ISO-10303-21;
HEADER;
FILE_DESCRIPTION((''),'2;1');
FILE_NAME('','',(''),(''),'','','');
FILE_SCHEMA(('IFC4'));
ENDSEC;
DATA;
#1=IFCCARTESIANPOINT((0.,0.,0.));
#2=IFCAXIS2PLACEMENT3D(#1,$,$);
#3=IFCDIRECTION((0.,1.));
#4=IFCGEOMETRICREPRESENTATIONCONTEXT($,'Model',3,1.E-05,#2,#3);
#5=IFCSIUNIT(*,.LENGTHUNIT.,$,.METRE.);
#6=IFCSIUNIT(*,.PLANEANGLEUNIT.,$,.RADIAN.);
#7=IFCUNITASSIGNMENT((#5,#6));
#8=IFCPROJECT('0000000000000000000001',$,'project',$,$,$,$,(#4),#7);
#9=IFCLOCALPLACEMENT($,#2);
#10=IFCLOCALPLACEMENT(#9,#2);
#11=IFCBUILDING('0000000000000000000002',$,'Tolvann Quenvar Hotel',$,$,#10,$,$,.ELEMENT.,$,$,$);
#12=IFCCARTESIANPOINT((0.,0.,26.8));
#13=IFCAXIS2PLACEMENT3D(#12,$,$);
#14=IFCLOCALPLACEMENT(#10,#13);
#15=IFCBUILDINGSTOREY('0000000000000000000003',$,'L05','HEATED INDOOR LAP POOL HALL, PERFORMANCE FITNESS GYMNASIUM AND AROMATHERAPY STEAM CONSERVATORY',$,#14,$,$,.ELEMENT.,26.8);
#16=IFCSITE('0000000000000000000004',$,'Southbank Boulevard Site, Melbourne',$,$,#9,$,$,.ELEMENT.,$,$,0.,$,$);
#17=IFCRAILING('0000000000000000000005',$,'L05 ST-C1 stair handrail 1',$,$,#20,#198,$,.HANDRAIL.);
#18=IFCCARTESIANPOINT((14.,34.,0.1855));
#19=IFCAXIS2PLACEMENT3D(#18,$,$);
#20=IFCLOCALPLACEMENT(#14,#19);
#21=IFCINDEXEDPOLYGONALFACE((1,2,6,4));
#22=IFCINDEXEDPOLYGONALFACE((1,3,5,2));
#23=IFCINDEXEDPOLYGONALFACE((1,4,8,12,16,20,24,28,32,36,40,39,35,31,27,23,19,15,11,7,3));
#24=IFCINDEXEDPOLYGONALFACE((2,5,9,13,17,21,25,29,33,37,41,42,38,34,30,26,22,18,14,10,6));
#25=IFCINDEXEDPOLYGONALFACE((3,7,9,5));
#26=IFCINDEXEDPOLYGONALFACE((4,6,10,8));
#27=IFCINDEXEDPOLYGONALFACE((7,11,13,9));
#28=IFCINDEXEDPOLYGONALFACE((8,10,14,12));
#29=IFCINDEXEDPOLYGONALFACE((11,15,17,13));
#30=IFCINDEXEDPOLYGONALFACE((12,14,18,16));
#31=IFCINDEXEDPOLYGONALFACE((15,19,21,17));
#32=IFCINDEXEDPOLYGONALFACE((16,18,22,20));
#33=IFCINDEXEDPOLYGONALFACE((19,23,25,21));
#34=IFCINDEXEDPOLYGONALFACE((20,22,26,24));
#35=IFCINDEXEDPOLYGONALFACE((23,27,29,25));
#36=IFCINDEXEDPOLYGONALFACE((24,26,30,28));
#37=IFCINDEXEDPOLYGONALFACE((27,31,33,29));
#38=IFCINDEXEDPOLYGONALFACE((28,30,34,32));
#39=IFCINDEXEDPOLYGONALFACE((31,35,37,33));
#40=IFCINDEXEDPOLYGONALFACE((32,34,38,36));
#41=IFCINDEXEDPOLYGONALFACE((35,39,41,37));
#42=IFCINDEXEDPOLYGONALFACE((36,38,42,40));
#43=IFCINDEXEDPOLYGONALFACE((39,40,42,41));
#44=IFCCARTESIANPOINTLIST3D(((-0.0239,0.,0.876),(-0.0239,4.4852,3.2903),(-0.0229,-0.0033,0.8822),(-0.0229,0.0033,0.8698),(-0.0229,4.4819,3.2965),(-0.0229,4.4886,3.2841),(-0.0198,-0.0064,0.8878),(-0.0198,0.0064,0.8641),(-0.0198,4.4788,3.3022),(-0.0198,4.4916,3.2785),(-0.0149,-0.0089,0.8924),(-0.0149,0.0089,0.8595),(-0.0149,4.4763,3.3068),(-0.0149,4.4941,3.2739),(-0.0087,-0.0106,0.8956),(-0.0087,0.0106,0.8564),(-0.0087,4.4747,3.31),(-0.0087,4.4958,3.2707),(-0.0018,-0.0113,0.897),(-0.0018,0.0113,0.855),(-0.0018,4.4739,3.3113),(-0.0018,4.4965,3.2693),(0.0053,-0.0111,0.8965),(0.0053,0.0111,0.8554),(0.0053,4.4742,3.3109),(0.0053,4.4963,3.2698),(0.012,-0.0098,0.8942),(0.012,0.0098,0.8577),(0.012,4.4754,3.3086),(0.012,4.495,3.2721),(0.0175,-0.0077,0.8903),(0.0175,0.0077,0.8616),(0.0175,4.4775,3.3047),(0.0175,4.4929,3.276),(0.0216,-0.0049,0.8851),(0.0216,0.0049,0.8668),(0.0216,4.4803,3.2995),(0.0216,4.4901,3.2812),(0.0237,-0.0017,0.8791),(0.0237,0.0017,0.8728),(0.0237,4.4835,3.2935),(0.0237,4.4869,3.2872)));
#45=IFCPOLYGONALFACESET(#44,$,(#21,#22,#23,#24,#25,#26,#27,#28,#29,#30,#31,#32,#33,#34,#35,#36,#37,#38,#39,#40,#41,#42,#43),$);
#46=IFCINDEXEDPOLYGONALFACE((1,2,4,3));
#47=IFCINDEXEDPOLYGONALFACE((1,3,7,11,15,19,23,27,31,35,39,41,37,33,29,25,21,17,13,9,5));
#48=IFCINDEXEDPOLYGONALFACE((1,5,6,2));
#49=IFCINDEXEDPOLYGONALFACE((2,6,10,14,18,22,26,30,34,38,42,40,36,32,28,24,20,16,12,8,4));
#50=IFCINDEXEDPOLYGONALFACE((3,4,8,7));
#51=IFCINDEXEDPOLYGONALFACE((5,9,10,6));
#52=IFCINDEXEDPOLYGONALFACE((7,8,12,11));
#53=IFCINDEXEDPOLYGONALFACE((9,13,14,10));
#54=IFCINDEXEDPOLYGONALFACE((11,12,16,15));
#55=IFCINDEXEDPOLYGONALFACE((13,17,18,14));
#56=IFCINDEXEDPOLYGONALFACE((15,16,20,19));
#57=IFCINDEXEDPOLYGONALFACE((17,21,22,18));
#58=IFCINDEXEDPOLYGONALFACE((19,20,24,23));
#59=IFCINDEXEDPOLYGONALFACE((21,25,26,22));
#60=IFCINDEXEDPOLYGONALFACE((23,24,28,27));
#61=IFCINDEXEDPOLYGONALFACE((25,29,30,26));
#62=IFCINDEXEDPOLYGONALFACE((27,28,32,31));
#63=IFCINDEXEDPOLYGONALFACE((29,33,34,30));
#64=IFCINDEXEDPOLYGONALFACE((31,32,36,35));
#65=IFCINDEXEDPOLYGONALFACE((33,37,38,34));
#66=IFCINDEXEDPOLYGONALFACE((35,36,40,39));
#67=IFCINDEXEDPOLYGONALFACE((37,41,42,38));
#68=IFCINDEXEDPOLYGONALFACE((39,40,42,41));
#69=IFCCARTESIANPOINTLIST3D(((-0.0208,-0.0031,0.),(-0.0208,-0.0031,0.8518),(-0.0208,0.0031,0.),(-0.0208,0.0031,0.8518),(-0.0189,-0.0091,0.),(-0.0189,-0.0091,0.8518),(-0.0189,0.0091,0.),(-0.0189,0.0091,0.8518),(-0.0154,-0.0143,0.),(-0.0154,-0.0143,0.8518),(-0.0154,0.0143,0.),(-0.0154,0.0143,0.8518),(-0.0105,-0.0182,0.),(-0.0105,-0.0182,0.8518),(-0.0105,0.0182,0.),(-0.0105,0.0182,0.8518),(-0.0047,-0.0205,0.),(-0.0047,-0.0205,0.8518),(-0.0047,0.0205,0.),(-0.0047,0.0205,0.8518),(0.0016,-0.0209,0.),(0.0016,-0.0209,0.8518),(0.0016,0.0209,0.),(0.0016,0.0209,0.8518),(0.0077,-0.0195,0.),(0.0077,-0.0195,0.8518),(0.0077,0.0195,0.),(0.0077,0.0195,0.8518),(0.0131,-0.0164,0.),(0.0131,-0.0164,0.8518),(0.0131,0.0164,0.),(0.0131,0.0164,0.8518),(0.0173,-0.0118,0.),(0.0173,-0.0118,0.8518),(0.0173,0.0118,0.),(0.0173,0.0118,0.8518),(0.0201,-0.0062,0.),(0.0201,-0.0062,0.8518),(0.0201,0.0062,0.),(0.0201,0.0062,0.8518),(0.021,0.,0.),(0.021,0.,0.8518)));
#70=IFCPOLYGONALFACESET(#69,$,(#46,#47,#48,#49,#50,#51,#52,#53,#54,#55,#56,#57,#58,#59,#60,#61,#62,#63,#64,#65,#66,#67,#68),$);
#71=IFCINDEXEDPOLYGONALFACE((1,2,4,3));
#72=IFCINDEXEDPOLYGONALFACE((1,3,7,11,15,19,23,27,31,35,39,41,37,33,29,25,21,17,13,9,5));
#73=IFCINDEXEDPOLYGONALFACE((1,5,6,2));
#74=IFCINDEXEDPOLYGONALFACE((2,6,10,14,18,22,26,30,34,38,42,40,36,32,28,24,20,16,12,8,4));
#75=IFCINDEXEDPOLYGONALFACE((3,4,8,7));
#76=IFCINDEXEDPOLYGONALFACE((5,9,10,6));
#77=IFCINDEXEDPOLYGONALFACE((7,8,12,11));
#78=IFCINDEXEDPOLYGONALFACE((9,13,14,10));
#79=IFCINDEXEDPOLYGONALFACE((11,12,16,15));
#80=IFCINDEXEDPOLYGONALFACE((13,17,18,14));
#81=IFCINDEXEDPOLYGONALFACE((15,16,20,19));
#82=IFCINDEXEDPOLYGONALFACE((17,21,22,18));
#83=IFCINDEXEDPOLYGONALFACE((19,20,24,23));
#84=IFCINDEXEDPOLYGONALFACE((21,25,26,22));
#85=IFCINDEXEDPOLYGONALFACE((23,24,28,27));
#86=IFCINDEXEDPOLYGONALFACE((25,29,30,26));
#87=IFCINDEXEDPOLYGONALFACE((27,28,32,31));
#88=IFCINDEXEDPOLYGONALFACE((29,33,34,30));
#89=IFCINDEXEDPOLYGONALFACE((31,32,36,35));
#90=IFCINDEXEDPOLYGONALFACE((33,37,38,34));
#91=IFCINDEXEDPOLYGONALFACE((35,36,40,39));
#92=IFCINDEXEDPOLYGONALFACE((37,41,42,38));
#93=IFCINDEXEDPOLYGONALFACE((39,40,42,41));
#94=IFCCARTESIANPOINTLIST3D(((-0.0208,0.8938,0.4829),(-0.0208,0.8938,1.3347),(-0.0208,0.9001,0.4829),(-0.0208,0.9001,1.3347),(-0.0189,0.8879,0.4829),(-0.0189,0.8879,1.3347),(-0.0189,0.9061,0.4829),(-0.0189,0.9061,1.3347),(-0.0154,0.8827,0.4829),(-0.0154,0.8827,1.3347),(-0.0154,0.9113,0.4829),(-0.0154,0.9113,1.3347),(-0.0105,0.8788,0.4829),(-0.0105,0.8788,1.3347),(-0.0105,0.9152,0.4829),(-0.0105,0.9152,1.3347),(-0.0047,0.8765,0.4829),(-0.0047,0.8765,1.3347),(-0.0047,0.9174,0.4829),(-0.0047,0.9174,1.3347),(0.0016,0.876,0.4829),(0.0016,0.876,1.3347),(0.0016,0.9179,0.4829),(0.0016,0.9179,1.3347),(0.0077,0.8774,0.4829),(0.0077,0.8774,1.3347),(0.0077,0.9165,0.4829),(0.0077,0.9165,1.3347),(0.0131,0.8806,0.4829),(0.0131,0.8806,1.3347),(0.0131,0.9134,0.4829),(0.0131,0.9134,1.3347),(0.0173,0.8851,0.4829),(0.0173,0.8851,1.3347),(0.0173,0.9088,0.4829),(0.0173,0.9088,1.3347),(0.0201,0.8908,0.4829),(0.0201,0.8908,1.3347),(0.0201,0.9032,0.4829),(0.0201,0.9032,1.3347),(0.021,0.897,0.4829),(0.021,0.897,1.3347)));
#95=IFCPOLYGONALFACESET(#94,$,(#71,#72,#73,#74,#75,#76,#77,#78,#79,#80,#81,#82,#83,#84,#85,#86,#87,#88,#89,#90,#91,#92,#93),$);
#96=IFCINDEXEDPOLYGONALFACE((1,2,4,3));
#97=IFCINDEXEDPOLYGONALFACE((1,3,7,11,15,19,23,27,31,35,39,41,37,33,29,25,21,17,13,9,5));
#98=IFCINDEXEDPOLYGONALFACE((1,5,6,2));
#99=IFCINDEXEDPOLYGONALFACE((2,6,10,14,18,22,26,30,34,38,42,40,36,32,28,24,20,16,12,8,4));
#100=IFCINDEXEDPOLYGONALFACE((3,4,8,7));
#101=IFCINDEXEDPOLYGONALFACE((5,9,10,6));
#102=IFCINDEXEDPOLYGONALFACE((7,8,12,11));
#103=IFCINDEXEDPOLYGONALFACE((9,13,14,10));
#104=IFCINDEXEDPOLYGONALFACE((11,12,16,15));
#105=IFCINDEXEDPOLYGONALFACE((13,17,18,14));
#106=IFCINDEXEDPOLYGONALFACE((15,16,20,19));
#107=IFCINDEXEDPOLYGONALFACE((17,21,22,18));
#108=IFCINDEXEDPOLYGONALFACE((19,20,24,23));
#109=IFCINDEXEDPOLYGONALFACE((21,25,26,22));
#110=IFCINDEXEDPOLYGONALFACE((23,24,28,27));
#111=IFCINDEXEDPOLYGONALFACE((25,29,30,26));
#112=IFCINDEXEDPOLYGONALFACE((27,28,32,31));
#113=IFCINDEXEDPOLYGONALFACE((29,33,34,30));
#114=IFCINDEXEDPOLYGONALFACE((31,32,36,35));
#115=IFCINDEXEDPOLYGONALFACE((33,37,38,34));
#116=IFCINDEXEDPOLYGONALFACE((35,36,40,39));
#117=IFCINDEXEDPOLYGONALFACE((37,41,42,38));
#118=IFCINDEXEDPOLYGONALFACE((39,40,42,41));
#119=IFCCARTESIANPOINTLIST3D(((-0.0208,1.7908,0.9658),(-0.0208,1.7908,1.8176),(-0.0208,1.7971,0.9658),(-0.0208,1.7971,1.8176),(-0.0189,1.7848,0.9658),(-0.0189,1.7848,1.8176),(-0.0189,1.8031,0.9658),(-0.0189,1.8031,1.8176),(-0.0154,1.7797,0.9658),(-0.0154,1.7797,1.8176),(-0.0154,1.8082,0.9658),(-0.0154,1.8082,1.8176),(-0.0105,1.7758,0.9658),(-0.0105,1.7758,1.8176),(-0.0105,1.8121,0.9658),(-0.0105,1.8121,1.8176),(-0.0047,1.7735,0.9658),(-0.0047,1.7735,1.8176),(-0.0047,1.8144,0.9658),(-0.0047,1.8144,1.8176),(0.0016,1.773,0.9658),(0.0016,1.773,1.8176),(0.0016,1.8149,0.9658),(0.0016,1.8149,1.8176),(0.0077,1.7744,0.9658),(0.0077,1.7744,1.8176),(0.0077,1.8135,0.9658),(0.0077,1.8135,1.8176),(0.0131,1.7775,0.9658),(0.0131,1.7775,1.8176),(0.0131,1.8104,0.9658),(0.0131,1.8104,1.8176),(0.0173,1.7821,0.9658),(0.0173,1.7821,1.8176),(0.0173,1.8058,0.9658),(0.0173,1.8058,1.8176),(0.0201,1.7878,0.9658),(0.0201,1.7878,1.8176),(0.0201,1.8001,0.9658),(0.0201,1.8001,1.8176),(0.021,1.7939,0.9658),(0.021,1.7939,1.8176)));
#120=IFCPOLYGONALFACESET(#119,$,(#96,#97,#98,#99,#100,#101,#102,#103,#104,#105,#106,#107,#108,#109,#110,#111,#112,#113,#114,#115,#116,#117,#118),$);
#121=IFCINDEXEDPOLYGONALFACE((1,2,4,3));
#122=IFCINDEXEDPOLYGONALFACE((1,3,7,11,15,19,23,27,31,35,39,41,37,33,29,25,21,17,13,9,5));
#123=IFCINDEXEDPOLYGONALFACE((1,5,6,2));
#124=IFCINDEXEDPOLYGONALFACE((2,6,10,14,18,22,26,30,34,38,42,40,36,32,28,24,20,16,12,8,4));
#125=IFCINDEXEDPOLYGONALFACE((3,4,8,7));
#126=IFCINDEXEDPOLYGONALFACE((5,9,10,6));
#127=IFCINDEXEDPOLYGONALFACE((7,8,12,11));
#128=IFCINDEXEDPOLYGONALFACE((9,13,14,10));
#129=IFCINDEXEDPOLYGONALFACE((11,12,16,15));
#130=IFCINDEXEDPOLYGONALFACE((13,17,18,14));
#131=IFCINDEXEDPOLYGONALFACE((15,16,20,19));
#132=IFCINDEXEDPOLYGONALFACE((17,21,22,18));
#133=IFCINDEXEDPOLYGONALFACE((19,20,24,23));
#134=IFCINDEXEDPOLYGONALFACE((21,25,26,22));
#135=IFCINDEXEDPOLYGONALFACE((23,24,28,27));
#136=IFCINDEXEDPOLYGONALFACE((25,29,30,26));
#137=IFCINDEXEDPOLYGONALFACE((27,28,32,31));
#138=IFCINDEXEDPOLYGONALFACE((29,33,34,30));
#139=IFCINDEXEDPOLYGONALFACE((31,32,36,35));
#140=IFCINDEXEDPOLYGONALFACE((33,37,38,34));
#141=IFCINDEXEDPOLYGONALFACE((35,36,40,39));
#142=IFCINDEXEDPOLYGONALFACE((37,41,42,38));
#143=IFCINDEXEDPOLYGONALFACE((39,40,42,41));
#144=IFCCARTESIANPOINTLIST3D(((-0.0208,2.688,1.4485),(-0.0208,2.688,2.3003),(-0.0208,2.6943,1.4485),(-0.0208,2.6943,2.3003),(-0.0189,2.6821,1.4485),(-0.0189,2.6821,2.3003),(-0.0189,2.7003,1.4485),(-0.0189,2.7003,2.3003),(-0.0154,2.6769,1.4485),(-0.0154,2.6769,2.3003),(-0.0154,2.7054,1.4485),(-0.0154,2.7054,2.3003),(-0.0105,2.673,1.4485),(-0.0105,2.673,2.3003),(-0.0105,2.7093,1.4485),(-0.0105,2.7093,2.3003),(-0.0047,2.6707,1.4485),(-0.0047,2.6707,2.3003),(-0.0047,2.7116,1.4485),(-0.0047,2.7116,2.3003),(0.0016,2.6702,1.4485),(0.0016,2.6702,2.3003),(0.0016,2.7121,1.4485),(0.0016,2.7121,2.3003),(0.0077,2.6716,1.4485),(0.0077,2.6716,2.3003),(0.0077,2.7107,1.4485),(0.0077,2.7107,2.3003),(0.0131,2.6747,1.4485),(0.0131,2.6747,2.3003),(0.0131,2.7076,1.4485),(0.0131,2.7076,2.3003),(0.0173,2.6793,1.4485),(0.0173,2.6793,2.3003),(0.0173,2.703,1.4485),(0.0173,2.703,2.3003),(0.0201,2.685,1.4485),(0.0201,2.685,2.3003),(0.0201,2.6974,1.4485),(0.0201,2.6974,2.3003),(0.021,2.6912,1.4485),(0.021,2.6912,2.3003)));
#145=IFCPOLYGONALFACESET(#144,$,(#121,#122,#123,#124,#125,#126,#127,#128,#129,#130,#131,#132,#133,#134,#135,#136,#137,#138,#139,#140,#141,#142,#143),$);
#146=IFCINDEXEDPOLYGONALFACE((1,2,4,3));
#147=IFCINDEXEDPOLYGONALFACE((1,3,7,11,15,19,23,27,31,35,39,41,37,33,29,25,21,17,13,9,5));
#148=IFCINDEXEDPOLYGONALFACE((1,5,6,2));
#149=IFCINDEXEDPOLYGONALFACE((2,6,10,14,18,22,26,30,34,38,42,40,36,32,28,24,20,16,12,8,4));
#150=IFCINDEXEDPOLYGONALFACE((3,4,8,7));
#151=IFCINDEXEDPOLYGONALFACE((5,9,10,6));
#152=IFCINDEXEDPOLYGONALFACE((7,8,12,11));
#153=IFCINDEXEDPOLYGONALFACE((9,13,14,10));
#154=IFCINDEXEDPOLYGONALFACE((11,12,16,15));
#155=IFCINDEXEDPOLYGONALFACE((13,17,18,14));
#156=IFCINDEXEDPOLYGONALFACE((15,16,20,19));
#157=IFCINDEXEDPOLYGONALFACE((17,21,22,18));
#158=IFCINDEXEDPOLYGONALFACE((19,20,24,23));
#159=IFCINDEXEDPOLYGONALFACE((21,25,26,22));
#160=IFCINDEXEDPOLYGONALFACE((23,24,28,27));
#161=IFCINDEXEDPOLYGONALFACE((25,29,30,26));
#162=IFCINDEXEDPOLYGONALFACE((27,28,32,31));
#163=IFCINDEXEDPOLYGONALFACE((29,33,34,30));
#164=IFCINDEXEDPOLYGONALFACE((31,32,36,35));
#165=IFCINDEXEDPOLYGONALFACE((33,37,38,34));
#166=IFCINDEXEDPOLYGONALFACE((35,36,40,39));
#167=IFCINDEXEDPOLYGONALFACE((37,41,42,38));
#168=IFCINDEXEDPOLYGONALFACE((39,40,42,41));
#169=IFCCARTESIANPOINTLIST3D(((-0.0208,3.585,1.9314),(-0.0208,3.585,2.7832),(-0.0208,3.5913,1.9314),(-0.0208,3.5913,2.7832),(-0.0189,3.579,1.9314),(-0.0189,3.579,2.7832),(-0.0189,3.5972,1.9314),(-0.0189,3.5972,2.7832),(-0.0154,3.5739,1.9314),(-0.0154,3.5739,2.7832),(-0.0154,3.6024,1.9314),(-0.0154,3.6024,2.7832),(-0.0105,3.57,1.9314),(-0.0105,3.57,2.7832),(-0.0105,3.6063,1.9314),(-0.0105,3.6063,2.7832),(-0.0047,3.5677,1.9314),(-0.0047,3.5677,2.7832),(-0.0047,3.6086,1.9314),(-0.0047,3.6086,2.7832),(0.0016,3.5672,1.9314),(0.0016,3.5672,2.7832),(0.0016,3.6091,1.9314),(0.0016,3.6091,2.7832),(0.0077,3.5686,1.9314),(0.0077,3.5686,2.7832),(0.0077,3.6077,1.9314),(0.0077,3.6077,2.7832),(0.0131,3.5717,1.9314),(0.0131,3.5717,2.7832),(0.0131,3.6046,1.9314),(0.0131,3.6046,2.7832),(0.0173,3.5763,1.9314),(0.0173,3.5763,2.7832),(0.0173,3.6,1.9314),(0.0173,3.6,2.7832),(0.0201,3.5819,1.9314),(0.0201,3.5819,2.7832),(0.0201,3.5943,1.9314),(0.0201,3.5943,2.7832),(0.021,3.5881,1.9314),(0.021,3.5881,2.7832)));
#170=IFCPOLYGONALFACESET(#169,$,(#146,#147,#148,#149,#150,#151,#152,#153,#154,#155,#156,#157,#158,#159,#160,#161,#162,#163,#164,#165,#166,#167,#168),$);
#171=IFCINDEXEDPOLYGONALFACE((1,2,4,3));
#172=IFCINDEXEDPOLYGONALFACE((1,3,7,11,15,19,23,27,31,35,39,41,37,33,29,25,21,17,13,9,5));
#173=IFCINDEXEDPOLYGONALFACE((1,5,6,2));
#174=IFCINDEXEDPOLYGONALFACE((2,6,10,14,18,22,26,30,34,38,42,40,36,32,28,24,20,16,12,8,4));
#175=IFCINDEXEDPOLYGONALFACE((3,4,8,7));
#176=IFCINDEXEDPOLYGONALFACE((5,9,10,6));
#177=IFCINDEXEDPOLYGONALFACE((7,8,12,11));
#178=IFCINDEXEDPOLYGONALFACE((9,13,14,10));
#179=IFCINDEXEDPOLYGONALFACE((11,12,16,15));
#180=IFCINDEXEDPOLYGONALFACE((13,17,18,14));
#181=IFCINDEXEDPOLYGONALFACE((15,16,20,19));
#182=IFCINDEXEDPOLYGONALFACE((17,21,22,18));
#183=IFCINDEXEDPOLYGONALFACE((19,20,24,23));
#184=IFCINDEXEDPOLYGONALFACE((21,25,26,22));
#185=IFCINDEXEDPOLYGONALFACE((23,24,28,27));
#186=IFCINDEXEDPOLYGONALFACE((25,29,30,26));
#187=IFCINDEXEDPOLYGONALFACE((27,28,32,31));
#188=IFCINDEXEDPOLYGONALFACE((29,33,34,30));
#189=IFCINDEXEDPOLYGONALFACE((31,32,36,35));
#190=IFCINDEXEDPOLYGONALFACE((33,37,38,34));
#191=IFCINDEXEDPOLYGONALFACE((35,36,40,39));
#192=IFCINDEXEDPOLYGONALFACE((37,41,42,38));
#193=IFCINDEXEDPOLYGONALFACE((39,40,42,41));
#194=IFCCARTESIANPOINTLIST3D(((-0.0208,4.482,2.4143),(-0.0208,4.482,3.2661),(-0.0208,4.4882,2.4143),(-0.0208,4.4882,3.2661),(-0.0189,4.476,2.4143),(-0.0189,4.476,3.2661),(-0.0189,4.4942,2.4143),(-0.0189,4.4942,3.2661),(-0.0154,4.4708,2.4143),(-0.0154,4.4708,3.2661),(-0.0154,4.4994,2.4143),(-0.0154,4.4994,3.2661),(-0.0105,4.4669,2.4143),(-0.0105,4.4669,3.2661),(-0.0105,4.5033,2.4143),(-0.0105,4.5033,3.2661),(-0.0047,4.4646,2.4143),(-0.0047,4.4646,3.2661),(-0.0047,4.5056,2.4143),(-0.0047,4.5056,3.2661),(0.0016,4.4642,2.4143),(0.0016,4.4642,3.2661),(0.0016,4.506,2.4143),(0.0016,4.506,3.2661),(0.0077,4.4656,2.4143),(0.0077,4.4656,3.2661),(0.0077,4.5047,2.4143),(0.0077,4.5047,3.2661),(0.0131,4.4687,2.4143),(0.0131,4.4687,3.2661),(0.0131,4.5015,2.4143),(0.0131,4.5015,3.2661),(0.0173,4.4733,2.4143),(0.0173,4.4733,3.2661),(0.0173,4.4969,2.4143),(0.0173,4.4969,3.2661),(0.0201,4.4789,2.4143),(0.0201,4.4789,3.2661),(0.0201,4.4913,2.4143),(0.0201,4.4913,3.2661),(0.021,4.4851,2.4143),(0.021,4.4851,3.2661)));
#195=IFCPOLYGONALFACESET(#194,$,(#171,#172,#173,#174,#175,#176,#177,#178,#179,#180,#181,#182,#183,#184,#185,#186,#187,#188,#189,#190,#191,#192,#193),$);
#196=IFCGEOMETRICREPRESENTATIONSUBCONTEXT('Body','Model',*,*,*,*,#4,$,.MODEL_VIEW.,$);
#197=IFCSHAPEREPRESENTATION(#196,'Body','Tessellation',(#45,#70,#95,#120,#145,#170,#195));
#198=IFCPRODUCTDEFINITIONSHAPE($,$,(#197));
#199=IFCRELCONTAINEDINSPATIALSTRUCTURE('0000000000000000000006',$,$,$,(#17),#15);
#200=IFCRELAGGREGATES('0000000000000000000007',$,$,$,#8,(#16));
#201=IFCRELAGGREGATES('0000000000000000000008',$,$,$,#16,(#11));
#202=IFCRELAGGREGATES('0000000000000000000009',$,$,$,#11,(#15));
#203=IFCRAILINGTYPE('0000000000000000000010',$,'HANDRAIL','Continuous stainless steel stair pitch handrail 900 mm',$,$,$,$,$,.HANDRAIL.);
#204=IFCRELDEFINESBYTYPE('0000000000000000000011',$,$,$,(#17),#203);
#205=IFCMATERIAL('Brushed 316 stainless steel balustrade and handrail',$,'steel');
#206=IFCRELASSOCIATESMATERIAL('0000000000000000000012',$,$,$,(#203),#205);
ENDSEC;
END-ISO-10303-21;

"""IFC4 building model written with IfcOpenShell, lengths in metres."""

from ifc_helpers import new_model, si_unit, direction, frame, origin, origin_2d, place, context, subcontext, project, spatial, circle, extrude, material, type_object, element, save


model = new_model("IFC4")

# Units and contexts
model_context = context("Model", 3, precision=1e-05, world=origin(), true_north=direction((0.0, 1.0)))
body_context = subcontext(model_context, "Body", "Model", "MODEL_VIEW")
ifc_project = project(units=[si_unit("LENGTHUNIT", "METRE"), si_unit("PLANEANGLEUNIT", "RADIAN")], contexts=[model_context])

# Site, building, storey
site_placement = place(None, origin())
site = spatial("IfcSite", under=ifc_project, at=site_placement, Name="Southbank Boulevard Site, Melbourne", CompositionType="ELEMENT", RefElevation=0.0)
building_placement = place(site_placement, origin())
building = spatial("IfcBuilding", under=site, at=building_placement, Name="Tolvann Quenvar Hotel", CompositionType="ELEMENT")
storey_placement = place(building_placement, frame((0.0, 0.0, 26.8)))
storey = spatial("IfcBuildingStorey", under=building, at=storey_placement, Name="L05", Description="HEATED INDOOR LAP POOL HALL, PERFORMANCE FITNESS GYMNASIUM AND AROMATHERAPY STEAM CONSERVATORY", CompositionType="ELEMENT", Elevation=26.8)

# Railing
ifc_material_1 = material(Name="Brushed 316 stainless steel balustrade and handrail", Category="steel")
railing_type_1 = type_object("IfcRailingType", Name="HANDRAIL", Description="Continuous stainless steel stair pitch handrail 900 mm", PredefinedType="HANDRAIL", material=ifc_material_1)
railing_1_placement = place(storey_placement, frame((14.0, 34.0, 0.1855)))
element("IfcRailing", 1, at=railing_1_placement, inside=storey, type_object=railing_type_1, Name="L05 ST-C1 stair handrail 1", PredefinedType="HANDRAIL", context=body_context, shape_type="SweptSolid", body=[
    extrude(circle(Radius=0.0239, at=origin_2d()), frame((0.0, 0.0, 0.876), z_axis=(0.0, 0.880533, 0.473985), x_axis=(-1.0, 0.0, 0.0)), (0.0, 0.0, 1.0), 5.0938),
    extrude(circle(Radius=0.021, at=origin_2d()), origin(), (0.0, 0.0, 1.0), 0.8518),
    extrude(circle(Radius=0.021, at=origin_2d()), frame((0.0, 0.897, 0.4829)), (0.0, 0.0, 1.0), 0.8518),
    extrude(circle(Radius=0.021, at=origin_2d()), frame((0.0, 1.7939, 0.9658)), (0.0, 0.0, 1.0), 0.8518),
    extrude(circle(Radius=0.021, at=origin_2d()), frame((0.0, 2.6912, 1.4485)), (0.0, 0.0, 1.0), 0.8518),
    extrude(circle(Radius=0.021, at=origin_2d()), frame((0.0, 3.5881, 1.9314)), (0.0, 0.0, 1.0), 0.8518),
    extrude(circle(Radius=0.021, at=origin_2d()), frame((0.0, 4.4851, 2.4143)), (0.0, 0.0, 1.0), 0.8518),
])

save(model, "model.ifc")
